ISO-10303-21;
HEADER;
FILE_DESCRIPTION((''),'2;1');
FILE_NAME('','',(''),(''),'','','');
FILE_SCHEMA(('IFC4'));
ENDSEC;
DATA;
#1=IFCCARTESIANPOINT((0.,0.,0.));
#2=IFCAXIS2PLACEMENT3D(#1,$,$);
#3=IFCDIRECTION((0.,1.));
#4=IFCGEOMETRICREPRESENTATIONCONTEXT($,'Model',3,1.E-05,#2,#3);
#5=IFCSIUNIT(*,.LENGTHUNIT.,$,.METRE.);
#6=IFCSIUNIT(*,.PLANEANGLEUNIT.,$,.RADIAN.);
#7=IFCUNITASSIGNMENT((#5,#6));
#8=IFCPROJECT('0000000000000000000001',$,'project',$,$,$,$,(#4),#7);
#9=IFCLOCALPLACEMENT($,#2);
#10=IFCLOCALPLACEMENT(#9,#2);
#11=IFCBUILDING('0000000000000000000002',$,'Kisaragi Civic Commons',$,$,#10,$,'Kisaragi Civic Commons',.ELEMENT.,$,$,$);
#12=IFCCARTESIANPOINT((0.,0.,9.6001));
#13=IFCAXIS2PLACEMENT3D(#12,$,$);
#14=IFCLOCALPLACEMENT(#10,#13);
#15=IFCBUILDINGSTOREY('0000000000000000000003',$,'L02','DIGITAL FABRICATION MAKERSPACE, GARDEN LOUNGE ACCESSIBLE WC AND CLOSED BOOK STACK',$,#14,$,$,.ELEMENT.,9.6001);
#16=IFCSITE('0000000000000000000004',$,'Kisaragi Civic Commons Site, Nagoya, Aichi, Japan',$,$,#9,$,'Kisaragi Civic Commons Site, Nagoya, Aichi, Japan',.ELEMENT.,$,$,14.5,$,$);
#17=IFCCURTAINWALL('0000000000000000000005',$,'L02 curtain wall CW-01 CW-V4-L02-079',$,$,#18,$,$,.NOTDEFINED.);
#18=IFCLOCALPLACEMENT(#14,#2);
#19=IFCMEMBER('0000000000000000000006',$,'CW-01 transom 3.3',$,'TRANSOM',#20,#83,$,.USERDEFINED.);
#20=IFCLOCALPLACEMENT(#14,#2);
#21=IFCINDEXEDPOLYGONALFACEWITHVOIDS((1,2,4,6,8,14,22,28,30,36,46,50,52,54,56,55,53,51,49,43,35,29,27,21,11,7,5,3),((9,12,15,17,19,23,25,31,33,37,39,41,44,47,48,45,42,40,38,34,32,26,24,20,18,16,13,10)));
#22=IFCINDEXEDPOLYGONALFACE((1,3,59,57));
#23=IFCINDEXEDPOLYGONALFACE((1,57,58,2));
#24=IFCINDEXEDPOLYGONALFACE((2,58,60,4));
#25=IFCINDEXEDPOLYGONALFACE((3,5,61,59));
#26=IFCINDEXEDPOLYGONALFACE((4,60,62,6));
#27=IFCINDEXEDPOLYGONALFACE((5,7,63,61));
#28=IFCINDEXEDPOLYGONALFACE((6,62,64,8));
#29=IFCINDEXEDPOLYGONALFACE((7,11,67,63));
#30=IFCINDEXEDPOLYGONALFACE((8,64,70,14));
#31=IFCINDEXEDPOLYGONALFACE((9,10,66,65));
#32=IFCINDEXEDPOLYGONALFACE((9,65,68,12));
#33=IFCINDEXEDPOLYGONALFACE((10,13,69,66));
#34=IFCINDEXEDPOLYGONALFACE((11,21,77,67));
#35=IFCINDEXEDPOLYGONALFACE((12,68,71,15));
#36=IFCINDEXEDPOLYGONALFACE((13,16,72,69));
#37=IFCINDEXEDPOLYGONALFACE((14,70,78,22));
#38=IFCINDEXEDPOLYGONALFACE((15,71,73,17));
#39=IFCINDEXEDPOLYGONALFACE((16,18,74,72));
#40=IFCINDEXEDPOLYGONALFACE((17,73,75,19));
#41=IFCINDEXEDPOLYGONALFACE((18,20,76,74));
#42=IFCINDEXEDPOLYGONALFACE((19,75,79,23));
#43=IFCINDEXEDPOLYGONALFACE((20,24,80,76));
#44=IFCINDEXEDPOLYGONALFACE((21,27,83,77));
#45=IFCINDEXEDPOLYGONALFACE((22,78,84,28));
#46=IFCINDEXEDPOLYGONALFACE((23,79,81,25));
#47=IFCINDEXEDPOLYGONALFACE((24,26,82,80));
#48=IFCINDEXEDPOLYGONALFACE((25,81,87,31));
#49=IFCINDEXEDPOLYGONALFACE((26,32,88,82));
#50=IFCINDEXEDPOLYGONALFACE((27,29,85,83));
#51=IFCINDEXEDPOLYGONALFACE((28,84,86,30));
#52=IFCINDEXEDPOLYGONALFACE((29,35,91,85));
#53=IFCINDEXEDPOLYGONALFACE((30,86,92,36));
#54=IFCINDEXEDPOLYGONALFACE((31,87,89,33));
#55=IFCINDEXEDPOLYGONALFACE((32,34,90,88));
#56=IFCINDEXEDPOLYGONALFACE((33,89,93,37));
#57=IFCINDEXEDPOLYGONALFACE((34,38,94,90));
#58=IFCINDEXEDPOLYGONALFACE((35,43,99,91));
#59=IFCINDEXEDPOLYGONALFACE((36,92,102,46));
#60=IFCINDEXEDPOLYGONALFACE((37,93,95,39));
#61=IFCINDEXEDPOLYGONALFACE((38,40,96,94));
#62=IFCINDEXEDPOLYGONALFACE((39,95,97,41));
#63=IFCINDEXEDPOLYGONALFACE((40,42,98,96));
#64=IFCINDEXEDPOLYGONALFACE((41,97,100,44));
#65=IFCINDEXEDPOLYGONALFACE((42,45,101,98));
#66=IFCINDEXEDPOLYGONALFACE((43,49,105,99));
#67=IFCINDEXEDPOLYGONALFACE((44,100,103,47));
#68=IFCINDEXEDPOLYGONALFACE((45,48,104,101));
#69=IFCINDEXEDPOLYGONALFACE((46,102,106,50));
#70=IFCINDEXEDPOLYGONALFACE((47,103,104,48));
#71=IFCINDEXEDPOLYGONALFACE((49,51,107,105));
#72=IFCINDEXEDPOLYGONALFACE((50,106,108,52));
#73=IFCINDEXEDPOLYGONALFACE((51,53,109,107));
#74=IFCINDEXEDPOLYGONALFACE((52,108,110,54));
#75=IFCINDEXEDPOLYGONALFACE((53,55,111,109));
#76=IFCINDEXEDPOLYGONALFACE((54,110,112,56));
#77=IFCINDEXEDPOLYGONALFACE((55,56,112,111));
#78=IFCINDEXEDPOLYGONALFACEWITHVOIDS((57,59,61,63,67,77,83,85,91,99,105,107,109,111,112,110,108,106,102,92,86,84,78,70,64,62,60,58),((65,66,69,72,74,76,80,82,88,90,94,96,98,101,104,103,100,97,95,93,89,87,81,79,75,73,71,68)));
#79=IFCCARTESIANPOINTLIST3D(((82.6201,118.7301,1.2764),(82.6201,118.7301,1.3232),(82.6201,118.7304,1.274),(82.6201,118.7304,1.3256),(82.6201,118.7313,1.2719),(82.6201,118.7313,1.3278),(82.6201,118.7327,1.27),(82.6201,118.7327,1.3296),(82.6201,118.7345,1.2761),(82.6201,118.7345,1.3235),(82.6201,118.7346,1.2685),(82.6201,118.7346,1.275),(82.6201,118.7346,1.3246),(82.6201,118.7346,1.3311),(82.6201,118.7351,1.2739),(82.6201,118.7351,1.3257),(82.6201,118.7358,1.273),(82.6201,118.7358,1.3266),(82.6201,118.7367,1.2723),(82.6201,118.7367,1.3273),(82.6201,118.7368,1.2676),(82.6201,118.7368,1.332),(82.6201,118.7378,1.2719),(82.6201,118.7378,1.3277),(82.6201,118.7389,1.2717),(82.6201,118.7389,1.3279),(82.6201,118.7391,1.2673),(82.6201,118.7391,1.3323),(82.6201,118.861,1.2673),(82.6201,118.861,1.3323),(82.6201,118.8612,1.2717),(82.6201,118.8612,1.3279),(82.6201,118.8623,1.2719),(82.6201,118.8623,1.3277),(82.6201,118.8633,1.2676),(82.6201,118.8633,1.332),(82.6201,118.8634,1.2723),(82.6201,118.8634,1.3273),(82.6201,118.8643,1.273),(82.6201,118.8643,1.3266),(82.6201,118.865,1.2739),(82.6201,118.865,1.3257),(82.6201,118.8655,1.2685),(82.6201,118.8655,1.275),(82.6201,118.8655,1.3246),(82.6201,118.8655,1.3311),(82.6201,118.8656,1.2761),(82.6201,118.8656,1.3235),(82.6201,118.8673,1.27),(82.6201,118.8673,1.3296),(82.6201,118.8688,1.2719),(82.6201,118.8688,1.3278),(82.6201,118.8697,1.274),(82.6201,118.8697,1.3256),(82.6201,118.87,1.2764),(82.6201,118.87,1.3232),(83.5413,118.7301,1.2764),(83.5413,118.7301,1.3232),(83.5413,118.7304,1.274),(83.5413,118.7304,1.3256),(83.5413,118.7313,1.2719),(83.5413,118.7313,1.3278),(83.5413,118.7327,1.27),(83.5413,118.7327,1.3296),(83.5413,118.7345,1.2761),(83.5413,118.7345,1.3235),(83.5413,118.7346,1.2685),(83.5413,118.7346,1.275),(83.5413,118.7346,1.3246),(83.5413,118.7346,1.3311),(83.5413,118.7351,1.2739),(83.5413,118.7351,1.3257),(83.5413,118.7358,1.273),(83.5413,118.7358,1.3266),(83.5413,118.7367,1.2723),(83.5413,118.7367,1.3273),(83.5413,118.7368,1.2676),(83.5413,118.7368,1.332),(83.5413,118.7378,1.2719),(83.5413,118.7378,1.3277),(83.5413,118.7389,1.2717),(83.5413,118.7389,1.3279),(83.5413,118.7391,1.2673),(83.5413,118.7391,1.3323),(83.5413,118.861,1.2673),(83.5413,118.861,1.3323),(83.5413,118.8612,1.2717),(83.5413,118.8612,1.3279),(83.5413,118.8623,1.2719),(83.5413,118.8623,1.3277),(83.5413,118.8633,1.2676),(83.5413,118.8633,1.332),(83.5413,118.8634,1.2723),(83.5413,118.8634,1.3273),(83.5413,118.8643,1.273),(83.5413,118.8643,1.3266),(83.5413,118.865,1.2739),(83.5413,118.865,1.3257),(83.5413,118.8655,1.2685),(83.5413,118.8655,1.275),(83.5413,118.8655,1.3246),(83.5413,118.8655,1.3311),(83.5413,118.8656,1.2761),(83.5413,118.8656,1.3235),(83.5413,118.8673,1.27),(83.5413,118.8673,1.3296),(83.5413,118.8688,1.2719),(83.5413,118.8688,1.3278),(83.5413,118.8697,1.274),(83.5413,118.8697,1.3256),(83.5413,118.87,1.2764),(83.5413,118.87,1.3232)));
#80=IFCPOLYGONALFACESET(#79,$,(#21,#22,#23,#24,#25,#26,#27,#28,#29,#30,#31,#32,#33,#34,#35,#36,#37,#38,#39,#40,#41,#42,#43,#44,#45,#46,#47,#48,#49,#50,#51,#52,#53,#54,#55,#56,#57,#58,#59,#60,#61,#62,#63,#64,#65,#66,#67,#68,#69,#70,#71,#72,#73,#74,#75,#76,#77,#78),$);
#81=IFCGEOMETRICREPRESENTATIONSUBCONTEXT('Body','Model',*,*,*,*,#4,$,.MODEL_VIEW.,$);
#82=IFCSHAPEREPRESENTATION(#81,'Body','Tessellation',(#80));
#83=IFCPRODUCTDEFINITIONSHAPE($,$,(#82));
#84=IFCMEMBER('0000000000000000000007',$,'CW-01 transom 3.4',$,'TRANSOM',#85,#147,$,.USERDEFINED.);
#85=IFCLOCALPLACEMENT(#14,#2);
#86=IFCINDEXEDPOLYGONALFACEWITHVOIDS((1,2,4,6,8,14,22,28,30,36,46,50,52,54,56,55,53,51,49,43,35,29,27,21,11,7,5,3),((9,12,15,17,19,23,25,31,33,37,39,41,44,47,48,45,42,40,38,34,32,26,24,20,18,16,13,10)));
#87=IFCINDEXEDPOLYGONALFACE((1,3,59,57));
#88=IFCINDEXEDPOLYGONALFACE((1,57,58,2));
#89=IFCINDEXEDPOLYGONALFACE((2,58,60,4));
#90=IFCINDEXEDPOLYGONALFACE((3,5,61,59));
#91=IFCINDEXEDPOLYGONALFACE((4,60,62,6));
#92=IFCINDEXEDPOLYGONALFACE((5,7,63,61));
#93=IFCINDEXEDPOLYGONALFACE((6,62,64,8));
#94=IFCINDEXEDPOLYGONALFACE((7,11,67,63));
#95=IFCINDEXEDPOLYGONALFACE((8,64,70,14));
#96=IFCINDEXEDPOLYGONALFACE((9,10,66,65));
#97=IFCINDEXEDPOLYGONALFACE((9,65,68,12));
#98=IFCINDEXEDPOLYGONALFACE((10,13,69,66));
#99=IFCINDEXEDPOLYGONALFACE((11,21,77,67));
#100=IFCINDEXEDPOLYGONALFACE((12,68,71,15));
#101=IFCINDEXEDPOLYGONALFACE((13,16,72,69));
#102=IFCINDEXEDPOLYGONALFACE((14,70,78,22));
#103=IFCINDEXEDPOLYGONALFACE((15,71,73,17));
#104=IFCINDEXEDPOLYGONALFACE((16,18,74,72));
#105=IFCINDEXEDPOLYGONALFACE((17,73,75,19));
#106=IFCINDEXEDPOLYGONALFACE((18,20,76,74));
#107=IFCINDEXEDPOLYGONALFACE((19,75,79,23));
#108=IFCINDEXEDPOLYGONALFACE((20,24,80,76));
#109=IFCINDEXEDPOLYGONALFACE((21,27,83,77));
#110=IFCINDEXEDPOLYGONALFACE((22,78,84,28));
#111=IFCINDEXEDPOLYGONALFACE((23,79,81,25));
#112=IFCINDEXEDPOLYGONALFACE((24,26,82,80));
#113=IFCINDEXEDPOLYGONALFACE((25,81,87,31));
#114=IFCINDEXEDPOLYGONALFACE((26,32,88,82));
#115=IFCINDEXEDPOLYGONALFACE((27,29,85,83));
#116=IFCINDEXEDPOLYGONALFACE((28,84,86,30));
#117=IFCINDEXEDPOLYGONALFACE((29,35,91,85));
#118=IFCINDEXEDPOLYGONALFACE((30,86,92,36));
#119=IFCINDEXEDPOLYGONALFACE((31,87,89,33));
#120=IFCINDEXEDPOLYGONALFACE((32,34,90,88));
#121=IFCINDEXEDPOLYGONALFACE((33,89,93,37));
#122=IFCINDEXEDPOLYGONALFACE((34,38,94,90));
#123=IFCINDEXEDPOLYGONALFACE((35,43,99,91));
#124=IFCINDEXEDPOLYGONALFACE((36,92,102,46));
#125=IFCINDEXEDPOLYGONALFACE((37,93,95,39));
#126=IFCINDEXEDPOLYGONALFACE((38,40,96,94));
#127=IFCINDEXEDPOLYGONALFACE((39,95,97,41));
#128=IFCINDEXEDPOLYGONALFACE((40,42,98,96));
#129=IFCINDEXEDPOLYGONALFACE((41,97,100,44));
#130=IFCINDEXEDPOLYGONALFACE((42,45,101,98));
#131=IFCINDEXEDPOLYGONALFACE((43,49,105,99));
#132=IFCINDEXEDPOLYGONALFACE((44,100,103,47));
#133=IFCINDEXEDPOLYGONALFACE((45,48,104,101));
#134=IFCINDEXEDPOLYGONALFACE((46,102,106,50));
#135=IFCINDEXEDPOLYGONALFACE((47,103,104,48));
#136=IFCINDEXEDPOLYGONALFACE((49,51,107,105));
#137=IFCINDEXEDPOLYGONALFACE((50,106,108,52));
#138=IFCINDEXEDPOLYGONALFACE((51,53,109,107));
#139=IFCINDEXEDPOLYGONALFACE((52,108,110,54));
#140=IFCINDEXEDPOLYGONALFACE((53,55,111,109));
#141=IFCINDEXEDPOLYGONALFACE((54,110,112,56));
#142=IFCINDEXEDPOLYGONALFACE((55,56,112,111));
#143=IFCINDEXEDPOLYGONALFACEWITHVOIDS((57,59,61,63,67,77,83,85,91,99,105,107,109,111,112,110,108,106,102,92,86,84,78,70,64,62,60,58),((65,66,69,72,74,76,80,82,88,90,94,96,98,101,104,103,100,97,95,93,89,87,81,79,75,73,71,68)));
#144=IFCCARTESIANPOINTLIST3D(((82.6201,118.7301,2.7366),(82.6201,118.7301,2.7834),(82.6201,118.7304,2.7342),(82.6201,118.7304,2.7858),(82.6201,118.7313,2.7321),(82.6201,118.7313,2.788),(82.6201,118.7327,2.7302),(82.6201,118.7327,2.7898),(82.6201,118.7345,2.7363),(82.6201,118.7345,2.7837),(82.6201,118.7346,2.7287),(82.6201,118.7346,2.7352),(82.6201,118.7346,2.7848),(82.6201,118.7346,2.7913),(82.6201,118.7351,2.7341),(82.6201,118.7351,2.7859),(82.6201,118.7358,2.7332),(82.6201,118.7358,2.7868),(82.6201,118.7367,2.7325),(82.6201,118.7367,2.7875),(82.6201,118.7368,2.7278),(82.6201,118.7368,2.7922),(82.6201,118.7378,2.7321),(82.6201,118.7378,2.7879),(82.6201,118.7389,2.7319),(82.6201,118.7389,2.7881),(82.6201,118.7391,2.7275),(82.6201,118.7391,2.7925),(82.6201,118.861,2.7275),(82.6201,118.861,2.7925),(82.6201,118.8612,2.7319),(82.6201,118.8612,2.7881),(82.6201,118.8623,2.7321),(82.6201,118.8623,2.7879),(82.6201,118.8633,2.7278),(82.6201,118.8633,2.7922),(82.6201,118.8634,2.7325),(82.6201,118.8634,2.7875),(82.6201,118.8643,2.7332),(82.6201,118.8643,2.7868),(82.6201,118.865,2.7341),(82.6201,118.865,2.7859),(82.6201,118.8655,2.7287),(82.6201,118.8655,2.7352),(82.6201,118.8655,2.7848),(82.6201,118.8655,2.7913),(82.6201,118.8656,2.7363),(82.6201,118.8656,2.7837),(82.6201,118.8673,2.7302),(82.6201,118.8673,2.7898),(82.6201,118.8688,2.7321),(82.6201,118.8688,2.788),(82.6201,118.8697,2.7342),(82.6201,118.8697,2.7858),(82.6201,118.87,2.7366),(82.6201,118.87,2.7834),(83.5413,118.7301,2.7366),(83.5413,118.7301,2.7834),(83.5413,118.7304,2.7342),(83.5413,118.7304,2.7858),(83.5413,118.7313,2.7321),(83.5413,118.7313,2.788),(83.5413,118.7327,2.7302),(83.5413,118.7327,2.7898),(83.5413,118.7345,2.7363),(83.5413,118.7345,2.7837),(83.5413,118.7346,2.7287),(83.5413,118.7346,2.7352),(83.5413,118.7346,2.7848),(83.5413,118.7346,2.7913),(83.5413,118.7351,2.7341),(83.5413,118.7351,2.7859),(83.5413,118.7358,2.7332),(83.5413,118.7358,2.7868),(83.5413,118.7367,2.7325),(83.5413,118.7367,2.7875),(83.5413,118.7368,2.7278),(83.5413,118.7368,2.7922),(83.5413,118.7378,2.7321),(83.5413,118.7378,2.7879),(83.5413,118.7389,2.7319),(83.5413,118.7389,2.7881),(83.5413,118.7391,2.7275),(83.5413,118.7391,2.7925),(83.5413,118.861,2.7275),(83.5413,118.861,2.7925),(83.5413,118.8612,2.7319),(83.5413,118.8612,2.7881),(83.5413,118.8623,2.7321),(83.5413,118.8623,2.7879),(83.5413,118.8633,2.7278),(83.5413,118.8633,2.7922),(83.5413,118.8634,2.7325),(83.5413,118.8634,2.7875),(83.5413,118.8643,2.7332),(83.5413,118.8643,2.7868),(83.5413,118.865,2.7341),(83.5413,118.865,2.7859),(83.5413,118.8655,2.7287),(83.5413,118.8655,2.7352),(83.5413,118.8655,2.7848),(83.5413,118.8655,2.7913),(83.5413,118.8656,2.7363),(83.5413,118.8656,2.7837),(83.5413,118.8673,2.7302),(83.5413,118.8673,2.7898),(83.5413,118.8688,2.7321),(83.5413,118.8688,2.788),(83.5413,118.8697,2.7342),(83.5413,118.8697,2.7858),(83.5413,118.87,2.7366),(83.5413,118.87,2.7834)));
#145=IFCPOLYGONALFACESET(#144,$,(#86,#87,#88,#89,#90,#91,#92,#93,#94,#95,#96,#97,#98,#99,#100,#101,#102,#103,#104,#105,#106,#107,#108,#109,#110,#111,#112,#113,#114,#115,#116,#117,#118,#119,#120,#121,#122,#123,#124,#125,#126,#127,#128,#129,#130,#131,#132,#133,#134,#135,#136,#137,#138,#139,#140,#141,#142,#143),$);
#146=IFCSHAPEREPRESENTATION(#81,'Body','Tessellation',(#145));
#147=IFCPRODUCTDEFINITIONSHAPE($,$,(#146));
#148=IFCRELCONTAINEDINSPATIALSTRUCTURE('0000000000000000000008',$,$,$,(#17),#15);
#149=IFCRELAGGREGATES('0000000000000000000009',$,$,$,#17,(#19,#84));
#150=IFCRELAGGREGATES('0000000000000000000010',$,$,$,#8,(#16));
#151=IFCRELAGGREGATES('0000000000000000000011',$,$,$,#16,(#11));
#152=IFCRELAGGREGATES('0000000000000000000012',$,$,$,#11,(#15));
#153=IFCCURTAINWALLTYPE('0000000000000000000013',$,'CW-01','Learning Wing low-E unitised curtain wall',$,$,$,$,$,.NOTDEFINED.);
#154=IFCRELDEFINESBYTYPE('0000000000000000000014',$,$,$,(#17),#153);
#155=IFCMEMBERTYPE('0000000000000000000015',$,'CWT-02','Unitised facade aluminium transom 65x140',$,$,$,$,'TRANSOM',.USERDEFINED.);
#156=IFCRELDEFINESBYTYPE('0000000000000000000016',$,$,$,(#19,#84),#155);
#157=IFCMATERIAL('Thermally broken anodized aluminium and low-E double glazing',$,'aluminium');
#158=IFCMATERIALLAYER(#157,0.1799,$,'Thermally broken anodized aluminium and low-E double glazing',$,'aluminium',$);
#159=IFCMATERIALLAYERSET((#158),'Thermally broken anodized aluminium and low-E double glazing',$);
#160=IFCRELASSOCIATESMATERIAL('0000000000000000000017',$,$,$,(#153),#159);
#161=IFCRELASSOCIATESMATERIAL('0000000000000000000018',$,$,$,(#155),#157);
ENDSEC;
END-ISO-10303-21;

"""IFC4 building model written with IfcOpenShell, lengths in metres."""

from ifc_helpers import new_model, si_unit, direction, frame, origin, origin_2d, place, context, subcontext, project, spatial, hollow_rectangle, extrude, material, layer, layer_set, material_profile, profile_set, type_object, element, aggregate, save


model = new_model("IFC4")

# Units and contexts
model_context = context("Model", 3, precision=1e-05, world=origin(), true_north=direction((0.0, 1.0)))
body_context = subcontext(model_context, "Body", "Model", "MODEL_VIEW")
ifc_project = project(units=[si_unit("LENGTHUNIT", "METRE"), si_unit("PLANEANGLEUNIT", "RADIAN")], contexts=[model_context])

# Site, building, storey
site_placement = place(None, origin())
site = spatial("IfcSite", under=ifc_project, at=site_placement, Name="Kisaragi Civic Commons Site, Nagoya, Aichi, Japan", LongName="Kisaragi Civic Commons Site, Nagoya, Aichi, Japan", CompositionType="ELEMENT", RefElevation=14.5)
building_placement = place(site_placement, origin())
building = spatial("IfcBuilding", under=site, at=building_placement, Name="Kisaragi Civic Commons", LongName="Kisaragi Civic Commons", CompositionType="ELEMENT")
storey_placement = place(building_placement, frame((0.0, 0.0, 9.6001)))
storey = spatial("IfcBuildingStorey", under=building, at=storey_placement, Name="L02", Description="DIGITAL FABRICATION MAKERSPACE, GARDEN LOUNGE ACCESSIBLE WC AND CLOSED BOOK STACK", CompositionType="ELEMENT", Elevation=9.6001)

# Curtain wall, members
ifc_material_1 = material(Name="Thermally broken anodized aluminium and low-E double glazing", Category="aluminium")
ifc_layer_1 = layer(ifc_material_1, 0.1799, Name="Thermally broken anodized aluminium and low-E double glazing", Category="aluminium")
ifc_layer_set_1 = layer_set([ifc_layer_1], Name="Thermally broken anodized aluminium and low-E double glazing")
curtain_wall_type = type_object("IfcCurtainWallType", Name="CW-01", Description="Learning Wing low-E unitised curtain wall", PredefinedType="NOTDEFINED", material=ifc_layer_set_1)
curtain_wall_placement = place(storey_placement, origin())
curtain_wall = element("IfcCurtainWall", 1, at=curtain_wall_placement, inside=storey, type_object=curtain_wall_type, Name="L02 curtain wall CW-01 CW-V4-L02-079", PredefinedType="NOTDEFINED")
ifc_material_profile_1 = material_profile(ifc_material_1, hollow_rectangle(XDim=0.1399, YDim=0.0649, WallThickness=0.0044, InnerFilletRadius=0.0044, OuterFilletRadius=0.009, at=origin_2d()), Name="CWT-65x140x4.5", Category="aluminium")
ifc_profile_set_1 = profile_set([ifc_material_profile_1], Name="Thermally broken anodized aluminium and low-E double glazing")
member_type_1 = type_object("IfcMemberType", Name="CWT-02", Description="Unitised facade aluminium transom 65x140", ElementType="TRANSOM", PredefinedType="USERDEFINED", material=ifc_profile_set_1)
member_1_placement = place(storey_placement, frame((82.6201, 118.8, 1.2998), z_axis=(1.0, 0.0, 0.0), x_axis=(0.0, 1.0, 0.0)))
member_1 = element("IfcMember", 2, at=member_1_placement, type_object=member_type_1, Name="CW-01 transom 3.3", ObjectType="TRANSOM", PredefinedType="USERDEFINED", context=body_context, shape_type="SweptSolid", body=[
    extrude(hollow_rectangle(XDim=0.1399, YDim=0.0649, WallThickness=0.0044, InnerFilletRadius=0.0044, OuterFilletRadius=0.009, at=origin_2d()), origin(), (0.0, 0.0, 1.0), 0.9211),
])
member_2_placement = place(storey_placement, frame((82.6201, 118.8, 2.76), z_axis=(1.0, 0.0, 0.0), x_axis=(0.0, 1.0, 0.0)))
member_2 = element("IfcMember", 3, at=member_2_placement, type_object=member_type_1, Name="CW-01 transom 3.4", ObjectType="TRANSOM", PredefinedType="USERDEFINED", context=body_context, shape_type="SweptSolid", body=[
    extrude(hollow_rectangle(XDim=0.1399, YDim=0.0649, WallThickness=0.0044, InnerFilletRadius=0.0044, OuterFilletRadius=0.009, at=origin_2d()), origin(), (0.0, 0.0, 1.0), 0.9211),
])
aggregate(curtain_wall, [member_1, member_2])

save(model, "model.ifc")
